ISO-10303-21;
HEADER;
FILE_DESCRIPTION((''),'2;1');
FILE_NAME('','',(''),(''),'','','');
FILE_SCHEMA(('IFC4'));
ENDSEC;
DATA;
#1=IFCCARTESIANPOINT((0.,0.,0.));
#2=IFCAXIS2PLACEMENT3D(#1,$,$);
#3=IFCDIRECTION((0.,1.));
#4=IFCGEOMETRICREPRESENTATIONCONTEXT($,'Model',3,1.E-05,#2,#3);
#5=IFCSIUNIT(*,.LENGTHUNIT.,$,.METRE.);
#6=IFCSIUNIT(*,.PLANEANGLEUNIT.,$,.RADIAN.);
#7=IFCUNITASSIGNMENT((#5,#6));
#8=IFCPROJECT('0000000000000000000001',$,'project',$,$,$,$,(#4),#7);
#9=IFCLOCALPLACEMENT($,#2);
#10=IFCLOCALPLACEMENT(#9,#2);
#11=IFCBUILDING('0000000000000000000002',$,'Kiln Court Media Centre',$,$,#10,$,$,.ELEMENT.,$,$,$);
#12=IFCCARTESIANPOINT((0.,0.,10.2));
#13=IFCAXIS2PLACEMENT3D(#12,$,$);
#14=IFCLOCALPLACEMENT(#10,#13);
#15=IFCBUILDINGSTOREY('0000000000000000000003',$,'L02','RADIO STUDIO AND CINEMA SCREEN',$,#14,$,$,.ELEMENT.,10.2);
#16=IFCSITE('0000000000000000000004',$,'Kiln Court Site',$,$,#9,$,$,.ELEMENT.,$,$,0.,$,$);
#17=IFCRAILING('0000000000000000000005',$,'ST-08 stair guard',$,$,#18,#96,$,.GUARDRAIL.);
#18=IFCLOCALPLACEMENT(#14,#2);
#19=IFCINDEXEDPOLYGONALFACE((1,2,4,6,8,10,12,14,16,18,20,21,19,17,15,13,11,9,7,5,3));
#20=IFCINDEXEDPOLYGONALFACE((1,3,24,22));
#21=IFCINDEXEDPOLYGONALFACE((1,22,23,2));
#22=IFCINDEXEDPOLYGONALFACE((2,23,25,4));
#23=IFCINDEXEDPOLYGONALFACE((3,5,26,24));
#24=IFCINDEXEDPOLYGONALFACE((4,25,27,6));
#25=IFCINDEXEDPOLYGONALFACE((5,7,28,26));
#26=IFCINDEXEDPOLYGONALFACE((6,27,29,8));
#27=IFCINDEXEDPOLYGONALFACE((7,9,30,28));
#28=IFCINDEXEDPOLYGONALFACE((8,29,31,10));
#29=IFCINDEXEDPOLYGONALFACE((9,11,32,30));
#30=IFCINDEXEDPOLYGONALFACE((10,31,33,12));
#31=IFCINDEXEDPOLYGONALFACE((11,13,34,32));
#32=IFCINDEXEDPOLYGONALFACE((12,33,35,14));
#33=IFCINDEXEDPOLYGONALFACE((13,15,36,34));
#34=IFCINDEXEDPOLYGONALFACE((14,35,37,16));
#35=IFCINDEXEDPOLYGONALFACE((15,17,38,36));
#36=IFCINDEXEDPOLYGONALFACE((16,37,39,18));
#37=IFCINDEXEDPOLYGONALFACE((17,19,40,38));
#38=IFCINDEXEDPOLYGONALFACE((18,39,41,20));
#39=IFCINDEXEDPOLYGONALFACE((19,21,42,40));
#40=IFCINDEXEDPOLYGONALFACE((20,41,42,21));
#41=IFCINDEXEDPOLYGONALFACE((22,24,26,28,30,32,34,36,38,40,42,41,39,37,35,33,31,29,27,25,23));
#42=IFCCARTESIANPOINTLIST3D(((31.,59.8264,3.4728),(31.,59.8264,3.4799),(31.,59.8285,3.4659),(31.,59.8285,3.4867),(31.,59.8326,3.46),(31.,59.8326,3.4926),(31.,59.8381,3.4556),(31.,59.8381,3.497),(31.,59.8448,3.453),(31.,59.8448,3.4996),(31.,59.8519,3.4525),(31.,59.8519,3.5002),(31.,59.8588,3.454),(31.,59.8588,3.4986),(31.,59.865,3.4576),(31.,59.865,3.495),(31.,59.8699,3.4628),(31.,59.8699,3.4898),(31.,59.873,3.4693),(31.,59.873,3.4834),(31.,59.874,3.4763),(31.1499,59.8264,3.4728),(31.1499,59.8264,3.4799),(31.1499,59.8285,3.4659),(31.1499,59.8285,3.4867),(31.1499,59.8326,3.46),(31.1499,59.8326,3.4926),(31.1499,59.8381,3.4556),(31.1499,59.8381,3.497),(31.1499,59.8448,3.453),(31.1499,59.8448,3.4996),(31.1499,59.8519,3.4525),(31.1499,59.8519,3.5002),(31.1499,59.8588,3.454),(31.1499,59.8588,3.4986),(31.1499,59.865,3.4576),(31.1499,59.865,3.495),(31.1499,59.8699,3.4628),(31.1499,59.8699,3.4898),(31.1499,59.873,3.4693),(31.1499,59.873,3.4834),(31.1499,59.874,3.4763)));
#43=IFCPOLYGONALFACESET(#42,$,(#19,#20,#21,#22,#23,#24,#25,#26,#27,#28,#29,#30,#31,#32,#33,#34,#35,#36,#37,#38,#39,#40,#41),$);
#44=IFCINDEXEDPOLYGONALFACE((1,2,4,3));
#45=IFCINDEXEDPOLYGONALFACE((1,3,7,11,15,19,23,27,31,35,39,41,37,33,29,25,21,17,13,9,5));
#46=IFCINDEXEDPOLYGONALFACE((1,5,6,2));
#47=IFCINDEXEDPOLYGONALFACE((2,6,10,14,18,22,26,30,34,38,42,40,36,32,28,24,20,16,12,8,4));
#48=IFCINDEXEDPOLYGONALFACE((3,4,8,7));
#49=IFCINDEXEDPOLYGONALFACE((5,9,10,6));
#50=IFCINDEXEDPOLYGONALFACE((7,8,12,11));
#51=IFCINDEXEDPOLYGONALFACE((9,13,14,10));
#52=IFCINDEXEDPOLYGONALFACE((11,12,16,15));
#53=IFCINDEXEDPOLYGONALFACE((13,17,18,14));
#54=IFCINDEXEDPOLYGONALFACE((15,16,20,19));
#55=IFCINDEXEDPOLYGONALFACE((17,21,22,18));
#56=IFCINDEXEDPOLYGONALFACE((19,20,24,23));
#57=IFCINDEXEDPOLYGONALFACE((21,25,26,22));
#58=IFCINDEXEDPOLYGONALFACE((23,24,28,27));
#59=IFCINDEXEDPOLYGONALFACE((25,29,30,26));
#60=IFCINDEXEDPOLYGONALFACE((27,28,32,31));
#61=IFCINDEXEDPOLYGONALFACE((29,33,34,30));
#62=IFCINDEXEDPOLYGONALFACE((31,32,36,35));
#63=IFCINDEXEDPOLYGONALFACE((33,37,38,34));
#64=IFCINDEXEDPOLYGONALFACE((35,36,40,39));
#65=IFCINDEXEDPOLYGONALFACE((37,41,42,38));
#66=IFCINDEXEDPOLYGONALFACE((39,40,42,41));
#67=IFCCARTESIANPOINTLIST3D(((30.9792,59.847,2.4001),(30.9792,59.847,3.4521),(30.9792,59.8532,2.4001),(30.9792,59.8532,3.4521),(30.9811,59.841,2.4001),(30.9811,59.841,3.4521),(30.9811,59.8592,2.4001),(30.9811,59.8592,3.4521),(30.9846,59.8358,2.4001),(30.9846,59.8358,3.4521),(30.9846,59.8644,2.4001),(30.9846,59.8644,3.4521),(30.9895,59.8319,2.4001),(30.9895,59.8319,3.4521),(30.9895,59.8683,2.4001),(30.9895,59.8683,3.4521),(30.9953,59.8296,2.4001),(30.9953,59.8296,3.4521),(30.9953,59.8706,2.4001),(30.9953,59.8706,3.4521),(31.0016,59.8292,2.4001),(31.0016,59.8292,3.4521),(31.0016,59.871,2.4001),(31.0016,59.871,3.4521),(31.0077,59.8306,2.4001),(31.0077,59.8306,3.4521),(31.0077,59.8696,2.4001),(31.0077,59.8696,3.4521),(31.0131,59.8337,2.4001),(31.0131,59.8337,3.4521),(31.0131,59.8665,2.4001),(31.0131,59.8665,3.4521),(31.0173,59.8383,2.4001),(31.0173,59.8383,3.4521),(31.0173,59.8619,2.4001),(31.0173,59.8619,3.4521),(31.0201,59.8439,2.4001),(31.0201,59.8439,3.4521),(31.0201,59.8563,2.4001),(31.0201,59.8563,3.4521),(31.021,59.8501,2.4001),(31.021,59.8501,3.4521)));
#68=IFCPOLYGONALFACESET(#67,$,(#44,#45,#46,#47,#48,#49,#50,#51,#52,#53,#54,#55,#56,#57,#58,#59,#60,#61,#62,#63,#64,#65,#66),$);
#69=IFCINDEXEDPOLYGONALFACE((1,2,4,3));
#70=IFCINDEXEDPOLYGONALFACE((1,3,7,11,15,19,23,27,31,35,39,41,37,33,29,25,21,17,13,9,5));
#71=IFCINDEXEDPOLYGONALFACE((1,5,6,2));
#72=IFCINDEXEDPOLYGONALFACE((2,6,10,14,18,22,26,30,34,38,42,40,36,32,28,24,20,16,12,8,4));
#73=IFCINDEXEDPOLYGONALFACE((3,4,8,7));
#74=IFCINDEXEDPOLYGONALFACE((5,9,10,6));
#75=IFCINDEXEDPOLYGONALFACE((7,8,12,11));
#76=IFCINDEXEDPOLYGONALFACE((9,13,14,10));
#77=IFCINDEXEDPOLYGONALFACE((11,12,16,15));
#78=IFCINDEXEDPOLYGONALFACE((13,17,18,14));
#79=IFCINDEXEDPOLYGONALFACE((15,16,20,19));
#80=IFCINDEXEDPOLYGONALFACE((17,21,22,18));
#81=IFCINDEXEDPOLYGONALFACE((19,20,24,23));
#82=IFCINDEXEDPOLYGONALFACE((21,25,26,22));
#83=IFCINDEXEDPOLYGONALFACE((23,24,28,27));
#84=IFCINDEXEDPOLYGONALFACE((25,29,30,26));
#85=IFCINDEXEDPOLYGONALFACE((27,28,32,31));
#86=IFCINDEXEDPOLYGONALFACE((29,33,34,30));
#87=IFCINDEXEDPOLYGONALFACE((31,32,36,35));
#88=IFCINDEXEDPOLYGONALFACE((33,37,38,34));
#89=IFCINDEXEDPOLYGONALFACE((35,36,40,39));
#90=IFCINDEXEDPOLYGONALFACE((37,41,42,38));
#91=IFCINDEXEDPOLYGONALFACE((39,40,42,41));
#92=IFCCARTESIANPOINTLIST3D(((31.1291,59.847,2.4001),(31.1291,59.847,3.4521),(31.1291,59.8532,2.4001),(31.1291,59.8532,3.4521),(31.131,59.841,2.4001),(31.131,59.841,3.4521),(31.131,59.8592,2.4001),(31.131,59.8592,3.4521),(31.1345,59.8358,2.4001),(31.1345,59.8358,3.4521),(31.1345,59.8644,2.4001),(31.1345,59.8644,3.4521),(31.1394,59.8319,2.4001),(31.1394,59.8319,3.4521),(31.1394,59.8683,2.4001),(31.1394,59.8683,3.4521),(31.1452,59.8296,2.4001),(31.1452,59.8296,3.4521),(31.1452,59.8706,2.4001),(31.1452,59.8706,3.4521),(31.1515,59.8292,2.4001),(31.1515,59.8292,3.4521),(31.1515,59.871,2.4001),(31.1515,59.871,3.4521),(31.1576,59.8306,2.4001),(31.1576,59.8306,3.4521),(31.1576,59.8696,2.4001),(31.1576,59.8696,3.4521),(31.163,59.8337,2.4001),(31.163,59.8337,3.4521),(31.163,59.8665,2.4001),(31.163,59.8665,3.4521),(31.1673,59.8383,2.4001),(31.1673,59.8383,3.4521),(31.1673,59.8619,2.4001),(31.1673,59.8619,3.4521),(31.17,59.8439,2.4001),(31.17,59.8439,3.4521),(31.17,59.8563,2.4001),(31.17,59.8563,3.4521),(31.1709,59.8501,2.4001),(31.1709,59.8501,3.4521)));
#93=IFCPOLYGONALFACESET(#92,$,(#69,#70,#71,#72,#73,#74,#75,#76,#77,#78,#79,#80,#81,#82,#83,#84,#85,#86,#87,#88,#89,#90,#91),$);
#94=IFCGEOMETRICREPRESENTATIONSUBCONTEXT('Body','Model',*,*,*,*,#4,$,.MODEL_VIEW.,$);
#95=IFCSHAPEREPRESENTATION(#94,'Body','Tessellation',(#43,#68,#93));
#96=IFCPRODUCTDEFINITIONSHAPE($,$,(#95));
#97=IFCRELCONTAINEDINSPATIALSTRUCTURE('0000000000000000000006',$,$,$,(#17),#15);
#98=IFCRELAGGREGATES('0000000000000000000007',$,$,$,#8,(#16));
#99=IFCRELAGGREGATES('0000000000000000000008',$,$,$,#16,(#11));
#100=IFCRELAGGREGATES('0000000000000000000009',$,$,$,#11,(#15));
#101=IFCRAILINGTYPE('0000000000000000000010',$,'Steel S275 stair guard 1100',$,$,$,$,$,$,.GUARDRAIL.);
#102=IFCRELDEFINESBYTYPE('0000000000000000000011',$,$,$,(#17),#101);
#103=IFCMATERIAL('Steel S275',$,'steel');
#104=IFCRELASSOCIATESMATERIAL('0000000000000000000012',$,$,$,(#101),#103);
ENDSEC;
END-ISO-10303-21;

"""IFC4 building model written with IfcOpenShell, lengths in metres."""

from ifc_helpers import new_model, si_unit, direction, frame, origin, origin_2d, place, context, subcontext, project, spatial, circle, extrude, material, type_object, element, save


model = new_model("IFC4")

# Units and contexts
model_context = context("Model", 3, precision=1e-05, world=origin(), true_north=direction((0.0, 1.0)))
body_context = subcontext(model_context, "Body", "Model", "MODEL_VIEW")
ifc_project = project(units=[si_unit("LENGTHUNIT", "METRE"), si_unit("PLANEANGLEUNIT", "RADIAN")], contexts=[model_context])

# Site, building, storey
site_placement = place(None, origin())
site = spatial("IfcSite", under=ifc_project, at=site_placement, Name="Kiln Court Site", CompositionType="ELEMENT", RefElevation=0.0)
building_placement = place(site_placement, origin())
building = spatial("IfcBuilding", under=site, at=building_placement, Name="Kiln Court Media Centre", CompositionType="ELEMENT")
storey_placement = place(building_placement, frame((0.0, 0.0, 10.2)))
storey = spatial("IfcBuildingStorey", under=building, at=storey_placement, Name="L02", Description="RADIO STUDIO AND CINEMA SCREEN", CompositionType="ELEMENT", Elevation=10.2)

# Railing
ifc_material_1 = material(Name="Steel S275", Category="steel")
railing_type_1 = type_object("IfcRailingType", Name="Steel S275 stair guard 1100", PredefinedType="GUARDRAIL", material=ifc_material_1)
railing_1_placement = place(storey_placement, frame((31.0, 59.8501, 2.4001)))
element("IfcRailing", 1, at=railing_1_placement, inside=storey, type_object=railing_type_1, Name="ST-08 stair guard", PredefinedType="GUARDRAIL", context=body_context, shape_type="SweptSolid", body=[
    extrude(circle(Radius=0.0239, at=origin_2d()), frame((0.0, 0.0, 1.0762), z_axis=(1.0, 0.0, 0.0), x_axis=(0.0, 1.0, 0.0)), (0.0, 0.0, 1.0), 0.1499),
    extrude(circle(Radius=0.021, at=origin_2d()), origin(), (0.0, 0.0, 1.0), 1.052),
    extrude(circle(Radius=0.021, at=origin_2d()), frame((0.1499, 0.0, 0.0)), (0.0, 0.0, 1.0), 1.052),
])

save(model, "model.ifc")
